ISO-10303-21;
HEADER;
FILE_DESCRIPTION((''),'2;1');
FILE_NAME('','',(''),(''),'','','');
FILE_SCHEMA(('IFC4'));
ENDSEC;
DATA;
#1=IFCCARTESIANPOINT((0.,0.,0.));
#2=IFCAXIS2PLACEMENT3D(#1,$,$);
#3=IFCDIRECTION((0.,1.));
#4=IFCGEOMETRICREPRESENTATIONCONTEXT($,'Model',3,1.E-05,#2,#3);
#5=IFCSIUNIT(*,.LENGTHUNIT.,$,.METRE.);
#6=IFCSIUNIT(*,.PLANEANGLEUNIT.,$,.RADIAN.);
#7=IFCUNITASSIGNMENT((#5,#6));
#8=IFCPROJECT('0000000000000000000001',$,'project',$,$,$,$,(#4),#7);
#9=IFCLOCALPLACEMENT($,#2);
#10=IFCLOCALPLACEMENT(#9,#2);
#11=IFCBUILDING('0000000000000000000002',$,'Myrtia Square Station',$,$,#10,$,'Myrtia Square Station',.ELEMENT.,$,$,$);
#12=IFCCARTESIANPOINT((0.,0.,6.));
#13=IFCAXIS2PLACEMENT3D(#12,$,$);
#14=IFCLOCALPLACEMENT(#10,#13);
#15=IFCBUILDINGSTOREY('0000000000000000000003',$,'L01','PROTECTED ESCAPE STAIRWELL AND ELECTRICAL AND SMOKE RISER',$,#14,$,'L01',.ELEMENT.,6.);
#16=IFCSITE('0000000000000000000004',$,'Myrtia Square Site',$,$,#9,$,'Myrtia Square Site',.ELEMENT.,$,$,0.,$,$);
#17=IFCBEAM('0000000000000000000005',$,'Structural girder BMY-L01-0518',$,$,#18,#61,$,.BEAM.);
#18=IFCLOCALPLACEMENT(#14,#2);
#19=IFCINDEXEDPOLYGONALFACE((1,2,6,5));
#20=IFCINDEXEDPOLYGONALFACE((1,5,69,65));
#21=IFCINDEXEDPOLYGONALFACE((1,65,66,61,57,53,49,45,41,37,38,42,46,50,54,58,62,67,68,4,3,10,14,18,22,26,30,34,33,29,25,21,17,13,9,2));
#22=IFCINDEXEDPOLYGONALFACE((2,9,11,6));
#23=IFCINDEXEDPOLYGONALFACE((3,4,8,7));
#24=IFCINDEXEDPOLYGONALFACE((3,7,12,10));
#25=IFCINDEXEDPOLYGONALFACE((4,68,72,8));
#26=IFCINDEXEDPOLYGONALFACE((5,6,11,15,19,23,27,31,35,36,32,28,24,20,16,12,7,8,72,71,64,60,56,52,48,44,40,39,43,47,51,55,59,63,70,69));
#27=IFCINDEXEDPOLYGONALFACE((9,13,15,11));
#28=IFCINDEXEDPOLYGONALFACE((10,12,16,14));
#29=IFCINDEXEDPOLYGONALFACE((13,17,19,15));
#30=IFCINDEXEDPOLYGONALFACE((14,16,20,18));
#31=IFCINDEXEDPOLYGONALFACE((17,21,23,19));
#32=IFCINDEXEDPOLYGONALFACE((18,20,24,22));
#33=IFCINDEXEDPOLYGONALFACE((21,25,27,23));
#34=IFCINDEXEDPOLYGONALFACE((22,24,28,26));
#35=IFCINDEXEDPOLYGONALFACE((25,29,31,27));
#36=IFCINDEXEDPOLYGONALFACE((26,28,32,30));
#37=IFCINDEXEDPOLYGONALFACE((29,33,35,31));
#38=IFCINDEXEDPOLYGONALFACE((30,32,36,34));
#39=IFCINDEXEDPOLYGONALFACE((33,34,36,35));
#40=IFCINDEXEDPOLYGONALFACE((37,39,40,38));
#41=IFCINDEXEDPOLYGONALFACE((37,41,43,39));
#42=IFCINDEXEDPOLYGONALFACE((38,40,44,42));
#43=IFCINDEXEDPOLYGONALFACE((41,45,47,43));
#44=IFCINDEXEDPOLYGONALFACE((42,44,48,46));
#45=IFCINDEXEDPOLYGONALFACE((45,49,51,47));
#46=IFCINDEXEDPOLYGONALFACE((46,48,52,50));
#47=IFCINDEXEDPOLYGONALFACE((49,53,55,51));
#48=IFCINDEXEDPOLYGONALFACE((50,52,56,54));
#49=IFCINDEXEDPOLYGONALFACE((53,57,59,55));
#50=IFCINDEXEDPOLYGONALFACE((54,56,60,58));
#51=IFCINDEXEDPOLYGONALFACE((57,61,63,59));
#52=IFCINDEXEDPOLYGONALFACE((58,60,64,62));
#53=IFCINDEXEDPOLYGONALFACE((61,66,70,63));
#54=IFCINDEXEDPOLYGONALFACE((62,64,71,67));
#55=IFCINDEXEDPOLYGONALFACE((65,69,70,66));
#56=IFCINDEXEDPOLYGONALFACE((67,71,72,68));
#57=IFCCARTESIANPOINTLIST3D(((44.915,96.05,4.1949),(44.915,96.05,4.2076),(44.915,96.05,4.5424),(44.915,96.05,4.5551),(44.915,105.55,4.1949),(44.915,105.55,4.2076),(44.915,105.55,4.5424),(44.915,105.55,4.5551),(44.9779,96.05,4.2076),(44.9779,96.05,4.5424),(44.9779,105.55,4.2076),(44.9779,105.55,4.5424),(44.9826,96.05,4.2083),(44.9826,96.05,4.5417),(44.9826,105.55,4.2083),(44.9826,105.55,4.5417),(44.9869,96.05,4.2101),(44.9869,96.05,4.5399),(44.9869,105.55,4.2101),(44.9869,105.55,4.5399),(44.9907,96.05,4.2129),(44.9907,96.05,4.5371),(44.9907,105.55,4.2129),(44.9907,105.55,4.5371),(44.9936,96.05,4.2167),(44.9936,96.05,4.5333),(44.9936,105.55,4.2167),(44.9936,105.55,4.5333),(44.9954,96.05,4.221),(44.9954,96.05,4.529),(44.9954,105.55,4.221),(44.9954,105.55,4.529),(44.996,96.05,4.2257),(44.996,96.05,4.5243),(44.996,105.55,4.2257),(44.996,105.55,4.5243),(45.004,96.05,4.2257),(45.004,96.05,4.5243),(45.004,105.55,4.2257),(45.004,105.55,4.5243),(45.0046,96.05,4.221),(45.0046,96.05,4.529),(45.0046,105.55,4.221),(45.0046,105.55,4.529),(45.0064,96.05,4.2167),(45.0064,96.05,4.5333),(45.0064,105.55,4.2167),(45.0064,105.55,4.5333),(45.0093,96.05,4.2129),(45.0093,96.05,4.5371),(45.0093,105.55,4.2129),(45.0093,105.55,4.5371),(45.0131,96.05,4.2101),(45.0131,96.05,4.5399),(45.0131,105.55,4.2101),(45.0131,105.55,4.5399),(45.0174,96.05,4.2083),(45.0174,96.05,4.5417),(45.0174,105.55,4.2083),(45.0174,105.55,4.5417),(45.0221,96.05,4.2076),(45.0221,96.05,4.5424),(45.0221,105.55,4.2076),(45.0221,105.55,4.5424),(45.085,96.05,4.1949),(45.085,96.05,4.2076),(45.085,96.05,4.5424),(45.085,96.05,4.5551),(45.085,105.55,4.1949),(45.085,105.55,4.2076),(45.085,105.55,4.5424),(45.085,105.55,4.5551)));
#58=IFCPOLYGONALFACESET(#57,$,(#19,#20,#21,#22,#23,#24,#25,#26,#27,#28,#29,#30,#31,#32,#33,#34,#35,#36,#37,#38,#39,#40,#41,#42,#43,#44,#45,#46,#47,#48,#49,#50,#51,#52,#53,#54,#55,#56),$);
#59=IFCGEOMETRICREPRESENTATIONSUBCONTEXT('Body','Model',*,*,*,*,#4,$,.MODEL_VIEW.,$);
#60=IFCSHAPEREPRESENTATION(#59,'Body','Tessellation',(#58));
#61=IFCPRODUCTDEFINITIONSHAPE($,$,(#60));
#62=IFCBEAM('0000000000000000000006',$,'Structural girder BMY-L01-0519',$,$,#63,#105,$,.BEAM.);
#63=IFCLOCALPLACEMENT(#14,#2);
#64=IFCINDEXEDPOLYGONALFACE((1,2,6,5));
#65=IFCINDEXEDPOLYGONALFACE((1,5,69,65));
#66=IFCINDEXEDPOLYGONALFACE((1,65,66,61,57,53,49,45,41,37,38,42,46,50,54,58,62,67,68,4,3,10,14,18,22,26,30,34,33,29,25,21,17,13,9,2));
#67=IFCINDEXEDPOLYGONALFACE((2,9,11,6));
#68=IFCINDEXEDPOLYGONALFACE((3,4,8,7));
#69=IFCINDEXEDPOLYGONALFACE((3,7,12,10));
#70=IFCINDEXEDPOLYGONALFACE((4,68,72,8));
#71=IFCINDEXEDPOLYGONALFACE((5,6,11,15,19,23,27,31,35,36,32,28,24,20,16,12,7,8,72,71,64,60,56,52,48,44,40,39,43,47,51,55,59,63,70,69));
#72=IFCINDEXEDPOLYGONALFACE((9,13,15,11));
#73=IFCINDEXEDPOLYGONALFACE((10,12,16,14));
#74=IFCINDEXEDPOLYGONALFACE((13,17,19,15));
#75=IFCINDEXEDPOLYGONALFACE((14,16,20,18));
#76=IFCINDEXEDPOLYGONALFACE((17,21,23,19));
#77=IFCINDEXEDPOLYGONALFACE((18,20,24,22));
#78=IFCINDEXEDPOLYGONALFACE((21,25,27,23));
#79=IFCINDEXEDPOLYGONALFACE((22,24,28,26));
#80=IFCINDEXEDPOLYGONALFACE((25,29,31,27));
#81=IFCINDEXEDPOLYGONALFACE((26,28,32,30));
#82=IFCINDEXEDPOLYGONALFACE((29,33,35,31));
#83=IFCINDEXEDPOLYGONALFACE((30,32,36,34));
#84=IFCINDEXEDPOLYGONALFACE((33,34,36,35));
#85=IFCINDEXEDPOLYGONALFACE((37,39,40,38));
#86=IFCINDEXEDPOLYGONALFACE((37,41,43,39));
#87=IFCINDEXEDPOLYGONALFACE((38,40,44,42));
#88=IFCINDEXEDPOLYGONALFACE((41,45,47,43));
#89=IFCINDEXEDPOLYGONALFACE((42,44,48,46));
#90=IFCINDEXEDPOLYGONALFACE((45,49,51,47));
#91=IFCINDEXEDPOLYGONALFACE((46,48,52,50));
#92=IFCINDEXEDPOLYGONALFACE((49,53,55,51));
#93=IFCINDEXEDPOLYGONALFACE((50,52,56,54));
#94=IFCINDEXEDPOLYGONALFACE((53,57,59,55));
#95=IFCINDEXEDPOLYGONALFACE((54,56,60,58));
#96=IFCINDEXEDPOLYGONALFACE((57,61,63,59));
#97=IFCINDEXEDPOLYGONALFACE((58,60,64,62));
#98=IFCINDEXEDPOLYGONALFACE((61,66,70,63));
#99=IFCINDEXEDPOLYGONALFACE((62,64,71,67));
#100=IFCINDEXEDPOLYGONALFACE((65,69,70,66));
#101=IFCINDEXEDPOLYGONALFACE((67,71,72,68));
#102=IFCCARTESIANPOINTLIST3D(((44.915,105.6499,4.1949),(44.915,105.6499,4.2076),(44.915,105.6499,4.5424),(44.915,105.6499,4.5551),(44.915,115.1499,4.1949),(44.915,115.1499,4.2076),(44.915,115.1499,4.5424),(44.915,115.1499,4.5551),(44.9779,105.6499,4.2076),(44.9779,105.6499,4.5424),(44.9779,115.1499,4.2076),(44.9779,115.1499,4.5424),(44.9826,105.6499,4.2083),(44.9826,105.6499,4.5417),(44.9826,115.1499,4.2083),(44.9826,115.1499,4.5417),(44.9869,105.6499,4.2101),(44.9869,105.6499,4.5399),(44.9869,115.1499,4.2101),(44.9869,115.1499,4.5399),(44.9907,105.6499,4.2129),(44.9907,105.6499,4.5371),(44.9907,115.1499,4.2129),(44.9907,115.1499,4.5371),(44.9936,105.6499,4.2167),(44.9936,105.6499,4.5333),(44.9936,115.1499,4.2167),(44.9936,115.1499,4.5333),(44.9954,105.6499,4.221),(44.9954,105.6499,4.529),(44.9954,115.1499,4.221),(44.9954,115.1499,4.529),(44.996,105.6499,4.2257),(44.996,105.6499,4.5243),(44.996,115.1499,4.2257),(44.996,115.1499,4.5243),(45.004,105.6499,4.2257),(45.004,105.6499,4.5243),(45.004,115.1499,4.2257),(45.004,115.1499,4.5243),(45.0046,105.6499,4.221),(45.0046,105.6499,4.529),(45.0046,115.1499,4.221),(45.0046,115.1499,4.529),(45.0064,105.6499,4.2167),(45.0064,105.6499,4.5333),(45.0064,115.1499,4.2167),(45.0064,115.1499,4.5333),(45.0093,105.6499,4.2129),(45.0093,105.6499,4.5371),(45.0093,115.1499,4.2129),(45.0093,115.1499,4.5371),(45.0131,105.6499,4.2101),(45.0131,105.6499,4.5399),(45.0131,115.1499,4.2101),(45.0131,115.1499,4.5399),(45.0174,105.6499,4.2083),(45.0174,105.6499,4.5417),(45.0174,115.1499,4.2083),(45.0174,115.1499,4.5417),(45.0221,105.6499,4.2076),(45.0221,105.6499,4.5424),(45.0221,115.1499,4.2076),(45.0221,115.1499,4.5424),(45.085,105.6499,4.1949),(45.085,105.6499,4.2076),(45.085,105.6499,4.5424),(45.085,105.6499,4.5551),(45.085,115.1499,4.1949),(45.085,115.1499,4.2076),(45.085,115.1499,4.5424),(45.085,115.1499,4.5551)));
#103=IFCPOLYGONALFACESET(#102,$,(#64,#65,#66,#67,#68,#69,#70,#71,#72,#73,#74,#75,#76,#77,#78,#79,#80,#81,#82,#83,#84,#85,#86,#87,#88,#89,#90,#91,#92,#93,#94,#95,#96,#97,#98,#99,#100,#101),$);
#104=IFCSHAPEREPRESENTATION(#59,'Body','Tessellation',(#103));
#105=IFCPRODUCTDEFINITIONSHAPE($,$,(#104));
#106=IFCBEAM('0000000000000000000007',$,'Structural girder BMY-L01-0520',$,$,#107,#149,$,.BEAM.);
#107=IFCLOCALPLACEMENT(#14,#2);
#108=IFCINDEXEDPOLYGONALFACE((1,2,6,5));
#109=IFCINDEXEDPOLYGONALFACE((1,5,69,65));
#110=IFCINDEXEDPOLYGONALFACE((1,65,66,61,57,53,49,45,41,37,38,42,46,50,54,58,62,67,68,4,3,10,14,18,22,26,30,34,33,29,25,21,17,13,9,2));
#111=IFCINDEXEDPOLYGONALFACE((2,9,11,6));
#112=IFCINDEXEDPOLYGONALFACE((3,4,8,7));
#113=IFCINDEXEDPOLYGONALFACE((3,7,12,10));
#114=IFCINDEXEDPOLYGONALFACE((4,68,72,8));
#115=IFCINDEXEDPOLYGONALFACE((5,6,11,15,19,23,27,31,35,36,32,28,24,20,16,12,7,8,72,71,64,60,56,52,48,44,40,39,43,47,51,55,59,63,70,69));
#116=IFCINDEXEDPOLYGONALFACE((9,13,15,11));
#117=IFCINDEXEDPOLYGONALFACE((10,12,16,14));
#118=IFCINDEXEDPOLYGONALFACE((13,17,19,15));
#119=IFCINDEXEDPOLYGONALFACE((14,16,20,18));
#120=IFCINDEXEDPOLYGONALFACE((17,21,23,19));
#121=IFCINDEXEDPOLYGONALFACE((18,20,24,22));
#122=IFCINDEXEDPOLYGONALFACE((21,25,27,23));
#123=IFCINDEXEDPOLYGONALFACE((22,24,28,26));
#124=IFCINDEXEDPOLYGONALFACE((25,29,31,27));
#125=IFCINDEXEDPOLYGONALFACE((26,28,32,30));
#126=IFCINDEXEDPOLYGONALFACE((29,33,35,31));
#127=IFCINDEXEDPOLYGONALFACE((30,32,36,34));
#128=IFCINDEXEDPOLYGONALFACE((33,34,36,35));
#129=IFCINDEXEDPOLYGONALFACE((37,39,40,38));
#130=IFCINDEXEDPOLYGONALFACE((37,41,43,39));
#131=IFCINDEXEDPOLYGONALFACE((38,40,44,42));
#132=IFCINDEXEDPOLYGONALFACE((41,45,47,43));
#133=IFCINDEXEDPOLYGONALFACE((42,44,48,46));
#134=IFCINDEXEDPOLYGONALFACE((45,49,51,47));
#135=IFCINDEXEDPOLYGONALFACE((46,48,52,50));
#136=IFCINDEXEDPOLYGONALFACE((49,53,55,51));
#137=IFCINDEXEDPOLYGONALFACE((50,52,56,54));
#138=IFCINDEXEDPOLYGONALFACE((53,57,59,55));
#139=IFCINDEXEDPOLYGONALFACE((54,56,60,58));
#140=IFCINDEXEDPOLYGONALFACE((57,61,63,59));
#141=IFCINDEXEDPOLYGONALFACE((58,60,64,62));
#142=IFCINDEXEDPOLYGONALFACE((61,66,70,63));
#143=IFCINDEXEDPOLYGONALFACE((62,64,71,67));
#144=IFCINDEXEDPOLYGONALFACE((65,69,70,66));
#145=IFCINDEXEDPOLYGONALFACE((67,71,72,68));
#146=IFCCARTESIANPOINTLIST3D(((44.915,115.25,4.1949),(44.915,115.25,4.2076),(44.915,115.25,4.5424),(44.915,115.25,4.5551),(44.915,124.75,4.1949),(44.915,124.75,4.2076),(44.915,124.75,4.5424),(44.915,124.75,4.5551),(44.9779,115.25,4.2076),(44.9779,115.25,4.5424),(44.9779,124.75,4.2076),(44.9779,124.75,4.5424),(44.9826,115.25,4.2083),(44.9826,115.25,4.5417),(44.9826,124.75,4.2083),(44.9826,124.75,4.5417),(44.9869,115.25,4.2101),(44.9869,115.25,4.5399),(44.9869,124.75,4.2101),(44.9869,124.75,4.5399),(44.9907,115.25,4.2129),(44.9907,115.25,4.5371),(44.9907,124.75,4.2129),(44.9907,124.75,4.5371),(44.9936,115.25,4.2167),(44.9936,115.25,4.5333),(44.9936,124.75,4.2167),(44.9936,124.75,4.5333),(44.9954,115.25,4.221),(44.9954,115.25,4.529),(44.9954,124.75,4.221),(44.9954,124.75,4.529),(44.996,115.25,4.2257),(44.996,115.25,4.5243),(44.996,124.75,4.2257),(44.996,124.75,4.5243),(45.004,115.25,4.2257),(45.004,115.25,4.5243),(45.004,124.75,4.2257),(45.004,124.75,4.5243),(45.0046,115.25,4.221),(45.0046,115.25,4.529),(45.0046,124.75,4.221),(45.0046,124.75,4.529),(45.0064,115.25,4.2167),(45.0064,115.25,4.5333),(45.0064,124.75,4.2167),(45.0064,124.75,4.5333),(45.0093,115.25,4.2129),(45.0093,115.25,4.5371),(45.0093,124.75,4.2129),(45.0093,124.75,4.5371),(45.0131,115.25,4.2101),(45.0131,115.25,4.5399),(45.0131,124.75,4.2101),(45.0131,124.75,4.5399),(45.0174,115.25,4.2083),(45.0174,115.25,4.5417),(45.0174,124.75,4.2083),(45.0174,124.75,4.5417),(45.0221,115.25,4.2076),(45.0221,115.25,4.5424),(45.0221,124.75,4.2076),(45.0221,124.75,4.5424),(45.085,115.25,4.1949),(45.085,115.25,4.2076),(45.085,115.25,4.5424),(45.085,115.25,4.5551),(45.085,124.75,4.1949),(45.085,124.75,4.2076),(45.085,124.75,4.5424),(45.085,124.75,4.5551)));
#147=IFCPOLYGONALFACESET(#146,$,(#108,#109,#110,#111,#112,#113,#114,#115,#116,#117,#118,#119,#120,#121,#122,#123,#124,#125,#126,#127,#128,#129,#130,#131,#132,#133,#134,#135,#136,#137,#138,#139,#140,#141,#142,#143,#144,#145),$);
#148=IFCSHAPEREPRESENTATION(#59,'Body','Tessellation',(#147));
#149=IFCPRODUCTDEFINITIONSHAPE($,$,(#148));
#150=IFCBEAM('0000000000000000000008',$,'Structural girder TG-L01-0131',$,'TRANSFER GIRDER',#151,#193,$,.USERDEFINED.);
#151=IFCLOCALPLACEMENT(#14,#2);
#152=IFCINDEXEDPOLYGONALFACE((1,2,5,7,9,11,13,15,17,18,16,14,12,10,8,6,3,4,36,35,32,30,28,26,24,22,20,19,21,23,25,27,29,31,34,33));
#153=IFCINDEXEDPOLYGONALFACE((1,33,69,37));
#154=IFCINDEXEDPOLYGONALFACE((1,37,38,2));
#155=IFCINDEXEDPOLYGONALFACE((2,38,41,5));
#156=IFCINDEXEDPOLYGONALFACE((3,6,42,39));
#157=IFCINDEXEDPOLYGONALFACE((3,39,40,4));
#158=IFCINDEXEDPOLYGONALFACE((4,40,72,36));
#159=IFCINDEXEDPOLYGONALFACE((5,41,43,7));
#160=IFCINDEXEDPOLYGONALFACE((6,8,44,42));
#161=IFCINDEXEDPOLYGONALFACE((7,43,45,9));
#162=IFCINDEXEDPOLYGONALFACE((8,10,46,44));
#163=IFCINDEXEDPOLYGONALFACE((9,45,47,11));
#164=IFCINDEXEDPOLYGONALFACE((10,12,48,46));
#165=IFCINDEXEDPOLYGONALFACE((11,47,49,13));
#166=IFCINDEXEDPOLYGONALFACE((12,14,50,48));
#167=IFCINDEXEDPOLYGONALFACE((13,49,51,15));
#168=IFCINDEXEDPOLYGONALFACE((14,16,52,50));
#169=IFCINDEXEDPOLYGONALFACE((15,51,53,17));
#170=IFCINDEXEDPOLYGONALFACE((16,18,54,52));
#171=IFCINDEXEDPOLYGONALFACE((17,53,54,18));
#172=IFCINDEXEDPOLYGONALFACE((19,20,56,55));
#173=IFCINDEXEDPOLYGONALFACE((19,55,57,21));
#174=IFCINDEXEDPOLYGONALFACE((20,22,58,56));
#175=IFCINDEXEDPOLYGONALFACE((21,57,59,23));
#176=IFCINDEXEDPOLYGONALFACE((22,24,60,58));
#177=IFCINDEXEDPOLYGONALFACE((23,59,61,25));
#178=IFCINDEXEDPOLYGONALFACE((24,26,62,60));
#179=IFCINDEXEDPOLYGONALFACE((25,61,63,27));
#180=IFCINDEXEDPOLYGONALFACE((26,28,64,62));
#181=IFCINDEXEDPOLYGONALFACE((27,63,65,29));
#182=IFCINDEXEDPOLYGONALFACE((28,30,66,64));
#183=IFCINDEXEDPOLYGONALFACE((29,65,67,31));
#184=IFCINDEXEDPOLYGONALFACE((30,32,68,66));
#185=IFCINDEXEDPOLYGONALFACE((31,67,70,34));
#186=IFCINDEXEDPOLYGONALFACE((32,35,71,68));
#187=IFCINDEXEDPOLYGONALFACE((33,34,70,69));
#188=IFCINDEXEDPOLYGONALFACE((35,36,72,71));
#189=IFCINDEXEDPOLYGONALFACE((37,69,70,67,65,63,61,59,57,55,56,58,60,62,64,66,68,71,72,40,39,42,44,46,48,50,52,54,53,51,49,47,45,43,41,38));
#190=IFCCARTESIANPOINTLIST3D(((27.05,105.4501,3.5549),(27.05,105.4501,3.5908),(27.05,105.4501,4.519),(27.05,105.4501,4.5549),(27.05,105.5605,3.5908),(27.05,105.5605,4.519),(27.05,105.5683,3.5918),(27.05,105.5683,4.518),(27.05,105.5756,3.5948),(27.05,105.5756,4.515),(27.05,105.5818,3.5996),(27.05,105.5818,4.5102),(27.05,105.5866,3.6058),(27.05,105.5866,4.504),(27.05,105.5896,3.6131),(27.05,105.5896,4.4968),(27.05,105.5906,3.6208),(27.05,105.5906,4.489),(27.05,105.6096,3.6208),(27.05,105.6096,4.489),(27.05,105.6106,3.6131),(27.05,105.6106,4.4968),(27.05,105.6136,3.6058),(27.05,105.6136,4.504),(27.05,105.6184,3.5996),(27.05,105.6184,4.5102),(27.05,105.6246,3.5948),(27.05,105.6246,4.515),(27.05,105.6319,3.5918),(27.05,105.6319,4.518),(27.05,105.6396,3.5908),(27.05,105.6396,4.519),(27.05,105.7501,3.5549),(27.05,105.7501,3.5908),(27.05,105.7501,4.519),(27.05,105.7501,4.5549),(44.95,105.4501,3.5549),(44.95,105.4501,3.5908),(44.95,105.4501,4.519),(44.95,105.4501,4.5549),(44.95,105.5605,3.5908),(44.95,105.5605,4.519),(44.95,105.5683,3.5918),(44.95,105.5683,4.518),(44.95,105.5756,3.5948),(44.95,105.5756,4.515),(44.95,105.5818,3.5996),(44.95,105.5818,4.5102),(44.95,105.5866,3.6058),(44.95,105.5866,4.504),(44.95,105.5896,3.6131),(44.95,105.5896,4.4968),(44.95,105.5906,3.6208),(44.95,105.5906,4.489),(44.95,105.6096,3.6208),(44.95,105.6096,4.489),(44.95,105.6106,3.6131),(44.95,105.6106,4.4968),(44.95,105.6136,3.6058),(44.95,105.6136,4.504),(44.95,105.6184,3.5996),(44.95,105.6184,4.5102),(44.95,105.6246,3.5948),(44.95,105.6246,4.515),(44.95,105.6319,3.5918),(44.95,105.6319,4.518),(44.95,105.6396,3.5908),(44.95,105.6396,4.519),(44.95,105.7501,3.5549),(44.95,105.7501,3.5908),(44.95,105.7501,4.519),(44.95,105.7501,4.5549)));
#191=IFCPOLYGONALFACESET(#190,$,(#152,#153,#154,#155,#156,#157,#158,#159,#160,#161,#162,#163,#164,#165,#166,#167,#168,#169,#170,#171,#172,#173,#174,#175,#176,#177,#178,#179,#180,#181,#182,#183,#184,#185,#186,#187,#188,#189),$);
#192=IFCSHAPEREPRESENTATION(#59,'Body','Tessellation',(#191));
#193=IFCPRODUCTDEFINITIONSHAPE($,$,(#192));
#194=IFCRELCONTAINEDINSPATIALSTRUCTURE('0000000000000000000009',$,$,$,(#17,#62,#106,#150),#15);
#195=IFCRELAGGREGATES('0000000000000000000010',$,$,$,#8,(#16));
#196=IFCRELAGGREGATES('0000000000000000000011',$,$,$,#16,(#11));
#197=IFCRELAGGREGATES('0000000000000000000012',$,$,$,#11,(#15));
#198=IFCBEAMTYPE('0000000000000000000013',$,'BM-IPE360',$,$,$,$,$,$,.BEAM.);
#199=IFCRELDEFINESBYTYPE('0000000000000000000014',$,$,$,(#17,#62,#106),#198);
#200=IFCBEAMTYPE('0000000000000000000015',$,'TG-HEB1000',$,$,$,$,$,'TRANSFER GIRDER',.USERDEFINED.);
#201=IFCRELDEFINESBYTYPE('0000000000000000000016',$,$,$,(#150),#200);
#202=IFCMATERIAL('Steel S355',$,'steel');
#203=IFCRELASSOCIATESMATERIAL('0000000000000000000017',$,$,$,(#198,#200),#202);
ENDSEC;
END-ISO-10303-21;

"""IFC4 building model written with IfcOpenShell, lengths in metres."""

from ifc_helpers import new_model, si_unit, direction, frame, origin, origin_2d, place, context, subcontext, project, spatial, i_section, extrude, material, material_profile, profile_set, type_object, element, save


model = new_model("IFC4")

# Units and contexts
model_context = context("Model", 3, precision=1e-05, world=origin(), true_north=direction((0.0, 1.0)))
body_context = subcontext(model_context, "Body", "Model", "MODEL_VIEW")
ifc_project = project(units=[si_unit("LENGTHUNIT", "METRE"), si_unit("PLANEANGLEUNIT", "RADIAN")], contexts=[model_context])

# Site, building, storey
site_placement = place(None, origin())
site = spatial("IfcSite", under=ifc_project, at=site_placement, Name="Myrtia Square Site", LongName="Myrtia Square Site", CompositionType="ELEMENT", RefElevation=0.0)
building_placement = place(site_placement, origin())
building = spatial("IfcBuilding", under=site, at=building_placement, Name="Myrtia Square Station", LongName="Myrtia Square Station", CompositionType="ELEMENT")
storey_placement = place(building_placement, frame((0.0, 0.0, 6.0)))
storey = spatial("IfcBuildingStorey", under=building, at=storey_placement, Name="L01", Description="PROTECTED ESCAPE STAIRWELL AND ELECTRICAL AND SMOKE RISER", LongName="L01", CompositionType="ELEMENT", Elevation=6.0)

# Shared definitions
ifc_material_1 = material(Name="Steel S355", Category="steel")

# Beams
ifc_material_profile_1 = material_profile(ifc_material_1, i_section(OverallWidth=0.1699, OverallDepth=0.3601, WebThickness=0.0081, FlangeThickness=0.0127, FilletRadius=0.0181, at=origin_2d()), Name="IPE 360")
ifc_profile_set_1 = profile_set([ifc_material_profile_1], Name="Steel S355")
beam_type_1 = type_object("IfcBeamType", Name="BM-IPE360", PredefinedType="BEAM", material=ifc_profile_set_1)
for number, where, z_axis, x_axis, name in (
    (1, (45.0, 96.05, 4.375), (0.0, 1.0, 0.0), (-1.0, 0.0, 0.0), "Structural girder BMY-L01-0518"),
    (2, (45.0, 105.6499, 4.375), (0.0, 1.0, 0.0), (-1.0, 0.0, 0.0), "Structural girder BMY-L01-0519"),
    (3, (45.0, 115.25, 4.375), (0.0, 1.0, 0.0), (-1.0, 0.0, 0.0), "Structural girder BMY-L01-0520"),
):
    element("IfcBeam", number, at=place(storey_placement, frame(where, z_axis=z_axis, x_axis=x_axis)), inside=storey, type_object=beam_type_1, Name=name, PredefinedType="BEAM", context=body_context, shape_type="SweptSolid", body=[
        extrude(i_section(OverallWidth=0.1699, OverallDepth=0.3601, WebThickness=0.0081, FlangeThickness=0.0127, FilletRadius=0.0181, at=origin_2d()), origin(), (0.0, 0.0, 1.0), 9.5),
    ])
ifc_material_profile_2 = material_profile(ifc_material_1, i_section(OverallWidth=0.3, OverallDepth=1.0, WebThickness=0.019, FlangeThickness=0.0359, FilletRadius=0.03, at=origin_2d()), Name="HEB 1000")
ifc_profile_set_2 = profile_set([ifc_material_profile_2], Name="Steel S355")
beam_type_2 = type_object("IfcBeamType", Name="TG-HEB1000", ElementType="TRANSFER GIRDER", PredefinedType="USERDEFINED", material=ifc_profile_set_2)
for number, where, z_axis, x_axis, name in (
    (4, (27.05, 105.6001, 4.0549), (1.0, 0.0, 0.0), (0.0, 1.0, 0.0), "Structural girder TG-L01-0131"),
):
    element("IfcBeam", number, at=place(storey_placement, frame(where, z_axis=z_axis, x_axis=x_axis)), inside=storey, type_object=beam_type_2, Name=name, ObjectType="TRANSFER GIRDER", PredefinedType="USERDEFINED", context=body_context, shape_type="SweptSolid", body=[
        extrude(i_section(OverallWidth=0.3, OverallDepth=1.0, WebThickness=0.019, FlangeThickness=0.0359, FilletRadius=0.03, at=origin_2d()), origin(), (0.0, 0.0, 1.0), 17.8999),
    ])

save(model, "model.ifc")
